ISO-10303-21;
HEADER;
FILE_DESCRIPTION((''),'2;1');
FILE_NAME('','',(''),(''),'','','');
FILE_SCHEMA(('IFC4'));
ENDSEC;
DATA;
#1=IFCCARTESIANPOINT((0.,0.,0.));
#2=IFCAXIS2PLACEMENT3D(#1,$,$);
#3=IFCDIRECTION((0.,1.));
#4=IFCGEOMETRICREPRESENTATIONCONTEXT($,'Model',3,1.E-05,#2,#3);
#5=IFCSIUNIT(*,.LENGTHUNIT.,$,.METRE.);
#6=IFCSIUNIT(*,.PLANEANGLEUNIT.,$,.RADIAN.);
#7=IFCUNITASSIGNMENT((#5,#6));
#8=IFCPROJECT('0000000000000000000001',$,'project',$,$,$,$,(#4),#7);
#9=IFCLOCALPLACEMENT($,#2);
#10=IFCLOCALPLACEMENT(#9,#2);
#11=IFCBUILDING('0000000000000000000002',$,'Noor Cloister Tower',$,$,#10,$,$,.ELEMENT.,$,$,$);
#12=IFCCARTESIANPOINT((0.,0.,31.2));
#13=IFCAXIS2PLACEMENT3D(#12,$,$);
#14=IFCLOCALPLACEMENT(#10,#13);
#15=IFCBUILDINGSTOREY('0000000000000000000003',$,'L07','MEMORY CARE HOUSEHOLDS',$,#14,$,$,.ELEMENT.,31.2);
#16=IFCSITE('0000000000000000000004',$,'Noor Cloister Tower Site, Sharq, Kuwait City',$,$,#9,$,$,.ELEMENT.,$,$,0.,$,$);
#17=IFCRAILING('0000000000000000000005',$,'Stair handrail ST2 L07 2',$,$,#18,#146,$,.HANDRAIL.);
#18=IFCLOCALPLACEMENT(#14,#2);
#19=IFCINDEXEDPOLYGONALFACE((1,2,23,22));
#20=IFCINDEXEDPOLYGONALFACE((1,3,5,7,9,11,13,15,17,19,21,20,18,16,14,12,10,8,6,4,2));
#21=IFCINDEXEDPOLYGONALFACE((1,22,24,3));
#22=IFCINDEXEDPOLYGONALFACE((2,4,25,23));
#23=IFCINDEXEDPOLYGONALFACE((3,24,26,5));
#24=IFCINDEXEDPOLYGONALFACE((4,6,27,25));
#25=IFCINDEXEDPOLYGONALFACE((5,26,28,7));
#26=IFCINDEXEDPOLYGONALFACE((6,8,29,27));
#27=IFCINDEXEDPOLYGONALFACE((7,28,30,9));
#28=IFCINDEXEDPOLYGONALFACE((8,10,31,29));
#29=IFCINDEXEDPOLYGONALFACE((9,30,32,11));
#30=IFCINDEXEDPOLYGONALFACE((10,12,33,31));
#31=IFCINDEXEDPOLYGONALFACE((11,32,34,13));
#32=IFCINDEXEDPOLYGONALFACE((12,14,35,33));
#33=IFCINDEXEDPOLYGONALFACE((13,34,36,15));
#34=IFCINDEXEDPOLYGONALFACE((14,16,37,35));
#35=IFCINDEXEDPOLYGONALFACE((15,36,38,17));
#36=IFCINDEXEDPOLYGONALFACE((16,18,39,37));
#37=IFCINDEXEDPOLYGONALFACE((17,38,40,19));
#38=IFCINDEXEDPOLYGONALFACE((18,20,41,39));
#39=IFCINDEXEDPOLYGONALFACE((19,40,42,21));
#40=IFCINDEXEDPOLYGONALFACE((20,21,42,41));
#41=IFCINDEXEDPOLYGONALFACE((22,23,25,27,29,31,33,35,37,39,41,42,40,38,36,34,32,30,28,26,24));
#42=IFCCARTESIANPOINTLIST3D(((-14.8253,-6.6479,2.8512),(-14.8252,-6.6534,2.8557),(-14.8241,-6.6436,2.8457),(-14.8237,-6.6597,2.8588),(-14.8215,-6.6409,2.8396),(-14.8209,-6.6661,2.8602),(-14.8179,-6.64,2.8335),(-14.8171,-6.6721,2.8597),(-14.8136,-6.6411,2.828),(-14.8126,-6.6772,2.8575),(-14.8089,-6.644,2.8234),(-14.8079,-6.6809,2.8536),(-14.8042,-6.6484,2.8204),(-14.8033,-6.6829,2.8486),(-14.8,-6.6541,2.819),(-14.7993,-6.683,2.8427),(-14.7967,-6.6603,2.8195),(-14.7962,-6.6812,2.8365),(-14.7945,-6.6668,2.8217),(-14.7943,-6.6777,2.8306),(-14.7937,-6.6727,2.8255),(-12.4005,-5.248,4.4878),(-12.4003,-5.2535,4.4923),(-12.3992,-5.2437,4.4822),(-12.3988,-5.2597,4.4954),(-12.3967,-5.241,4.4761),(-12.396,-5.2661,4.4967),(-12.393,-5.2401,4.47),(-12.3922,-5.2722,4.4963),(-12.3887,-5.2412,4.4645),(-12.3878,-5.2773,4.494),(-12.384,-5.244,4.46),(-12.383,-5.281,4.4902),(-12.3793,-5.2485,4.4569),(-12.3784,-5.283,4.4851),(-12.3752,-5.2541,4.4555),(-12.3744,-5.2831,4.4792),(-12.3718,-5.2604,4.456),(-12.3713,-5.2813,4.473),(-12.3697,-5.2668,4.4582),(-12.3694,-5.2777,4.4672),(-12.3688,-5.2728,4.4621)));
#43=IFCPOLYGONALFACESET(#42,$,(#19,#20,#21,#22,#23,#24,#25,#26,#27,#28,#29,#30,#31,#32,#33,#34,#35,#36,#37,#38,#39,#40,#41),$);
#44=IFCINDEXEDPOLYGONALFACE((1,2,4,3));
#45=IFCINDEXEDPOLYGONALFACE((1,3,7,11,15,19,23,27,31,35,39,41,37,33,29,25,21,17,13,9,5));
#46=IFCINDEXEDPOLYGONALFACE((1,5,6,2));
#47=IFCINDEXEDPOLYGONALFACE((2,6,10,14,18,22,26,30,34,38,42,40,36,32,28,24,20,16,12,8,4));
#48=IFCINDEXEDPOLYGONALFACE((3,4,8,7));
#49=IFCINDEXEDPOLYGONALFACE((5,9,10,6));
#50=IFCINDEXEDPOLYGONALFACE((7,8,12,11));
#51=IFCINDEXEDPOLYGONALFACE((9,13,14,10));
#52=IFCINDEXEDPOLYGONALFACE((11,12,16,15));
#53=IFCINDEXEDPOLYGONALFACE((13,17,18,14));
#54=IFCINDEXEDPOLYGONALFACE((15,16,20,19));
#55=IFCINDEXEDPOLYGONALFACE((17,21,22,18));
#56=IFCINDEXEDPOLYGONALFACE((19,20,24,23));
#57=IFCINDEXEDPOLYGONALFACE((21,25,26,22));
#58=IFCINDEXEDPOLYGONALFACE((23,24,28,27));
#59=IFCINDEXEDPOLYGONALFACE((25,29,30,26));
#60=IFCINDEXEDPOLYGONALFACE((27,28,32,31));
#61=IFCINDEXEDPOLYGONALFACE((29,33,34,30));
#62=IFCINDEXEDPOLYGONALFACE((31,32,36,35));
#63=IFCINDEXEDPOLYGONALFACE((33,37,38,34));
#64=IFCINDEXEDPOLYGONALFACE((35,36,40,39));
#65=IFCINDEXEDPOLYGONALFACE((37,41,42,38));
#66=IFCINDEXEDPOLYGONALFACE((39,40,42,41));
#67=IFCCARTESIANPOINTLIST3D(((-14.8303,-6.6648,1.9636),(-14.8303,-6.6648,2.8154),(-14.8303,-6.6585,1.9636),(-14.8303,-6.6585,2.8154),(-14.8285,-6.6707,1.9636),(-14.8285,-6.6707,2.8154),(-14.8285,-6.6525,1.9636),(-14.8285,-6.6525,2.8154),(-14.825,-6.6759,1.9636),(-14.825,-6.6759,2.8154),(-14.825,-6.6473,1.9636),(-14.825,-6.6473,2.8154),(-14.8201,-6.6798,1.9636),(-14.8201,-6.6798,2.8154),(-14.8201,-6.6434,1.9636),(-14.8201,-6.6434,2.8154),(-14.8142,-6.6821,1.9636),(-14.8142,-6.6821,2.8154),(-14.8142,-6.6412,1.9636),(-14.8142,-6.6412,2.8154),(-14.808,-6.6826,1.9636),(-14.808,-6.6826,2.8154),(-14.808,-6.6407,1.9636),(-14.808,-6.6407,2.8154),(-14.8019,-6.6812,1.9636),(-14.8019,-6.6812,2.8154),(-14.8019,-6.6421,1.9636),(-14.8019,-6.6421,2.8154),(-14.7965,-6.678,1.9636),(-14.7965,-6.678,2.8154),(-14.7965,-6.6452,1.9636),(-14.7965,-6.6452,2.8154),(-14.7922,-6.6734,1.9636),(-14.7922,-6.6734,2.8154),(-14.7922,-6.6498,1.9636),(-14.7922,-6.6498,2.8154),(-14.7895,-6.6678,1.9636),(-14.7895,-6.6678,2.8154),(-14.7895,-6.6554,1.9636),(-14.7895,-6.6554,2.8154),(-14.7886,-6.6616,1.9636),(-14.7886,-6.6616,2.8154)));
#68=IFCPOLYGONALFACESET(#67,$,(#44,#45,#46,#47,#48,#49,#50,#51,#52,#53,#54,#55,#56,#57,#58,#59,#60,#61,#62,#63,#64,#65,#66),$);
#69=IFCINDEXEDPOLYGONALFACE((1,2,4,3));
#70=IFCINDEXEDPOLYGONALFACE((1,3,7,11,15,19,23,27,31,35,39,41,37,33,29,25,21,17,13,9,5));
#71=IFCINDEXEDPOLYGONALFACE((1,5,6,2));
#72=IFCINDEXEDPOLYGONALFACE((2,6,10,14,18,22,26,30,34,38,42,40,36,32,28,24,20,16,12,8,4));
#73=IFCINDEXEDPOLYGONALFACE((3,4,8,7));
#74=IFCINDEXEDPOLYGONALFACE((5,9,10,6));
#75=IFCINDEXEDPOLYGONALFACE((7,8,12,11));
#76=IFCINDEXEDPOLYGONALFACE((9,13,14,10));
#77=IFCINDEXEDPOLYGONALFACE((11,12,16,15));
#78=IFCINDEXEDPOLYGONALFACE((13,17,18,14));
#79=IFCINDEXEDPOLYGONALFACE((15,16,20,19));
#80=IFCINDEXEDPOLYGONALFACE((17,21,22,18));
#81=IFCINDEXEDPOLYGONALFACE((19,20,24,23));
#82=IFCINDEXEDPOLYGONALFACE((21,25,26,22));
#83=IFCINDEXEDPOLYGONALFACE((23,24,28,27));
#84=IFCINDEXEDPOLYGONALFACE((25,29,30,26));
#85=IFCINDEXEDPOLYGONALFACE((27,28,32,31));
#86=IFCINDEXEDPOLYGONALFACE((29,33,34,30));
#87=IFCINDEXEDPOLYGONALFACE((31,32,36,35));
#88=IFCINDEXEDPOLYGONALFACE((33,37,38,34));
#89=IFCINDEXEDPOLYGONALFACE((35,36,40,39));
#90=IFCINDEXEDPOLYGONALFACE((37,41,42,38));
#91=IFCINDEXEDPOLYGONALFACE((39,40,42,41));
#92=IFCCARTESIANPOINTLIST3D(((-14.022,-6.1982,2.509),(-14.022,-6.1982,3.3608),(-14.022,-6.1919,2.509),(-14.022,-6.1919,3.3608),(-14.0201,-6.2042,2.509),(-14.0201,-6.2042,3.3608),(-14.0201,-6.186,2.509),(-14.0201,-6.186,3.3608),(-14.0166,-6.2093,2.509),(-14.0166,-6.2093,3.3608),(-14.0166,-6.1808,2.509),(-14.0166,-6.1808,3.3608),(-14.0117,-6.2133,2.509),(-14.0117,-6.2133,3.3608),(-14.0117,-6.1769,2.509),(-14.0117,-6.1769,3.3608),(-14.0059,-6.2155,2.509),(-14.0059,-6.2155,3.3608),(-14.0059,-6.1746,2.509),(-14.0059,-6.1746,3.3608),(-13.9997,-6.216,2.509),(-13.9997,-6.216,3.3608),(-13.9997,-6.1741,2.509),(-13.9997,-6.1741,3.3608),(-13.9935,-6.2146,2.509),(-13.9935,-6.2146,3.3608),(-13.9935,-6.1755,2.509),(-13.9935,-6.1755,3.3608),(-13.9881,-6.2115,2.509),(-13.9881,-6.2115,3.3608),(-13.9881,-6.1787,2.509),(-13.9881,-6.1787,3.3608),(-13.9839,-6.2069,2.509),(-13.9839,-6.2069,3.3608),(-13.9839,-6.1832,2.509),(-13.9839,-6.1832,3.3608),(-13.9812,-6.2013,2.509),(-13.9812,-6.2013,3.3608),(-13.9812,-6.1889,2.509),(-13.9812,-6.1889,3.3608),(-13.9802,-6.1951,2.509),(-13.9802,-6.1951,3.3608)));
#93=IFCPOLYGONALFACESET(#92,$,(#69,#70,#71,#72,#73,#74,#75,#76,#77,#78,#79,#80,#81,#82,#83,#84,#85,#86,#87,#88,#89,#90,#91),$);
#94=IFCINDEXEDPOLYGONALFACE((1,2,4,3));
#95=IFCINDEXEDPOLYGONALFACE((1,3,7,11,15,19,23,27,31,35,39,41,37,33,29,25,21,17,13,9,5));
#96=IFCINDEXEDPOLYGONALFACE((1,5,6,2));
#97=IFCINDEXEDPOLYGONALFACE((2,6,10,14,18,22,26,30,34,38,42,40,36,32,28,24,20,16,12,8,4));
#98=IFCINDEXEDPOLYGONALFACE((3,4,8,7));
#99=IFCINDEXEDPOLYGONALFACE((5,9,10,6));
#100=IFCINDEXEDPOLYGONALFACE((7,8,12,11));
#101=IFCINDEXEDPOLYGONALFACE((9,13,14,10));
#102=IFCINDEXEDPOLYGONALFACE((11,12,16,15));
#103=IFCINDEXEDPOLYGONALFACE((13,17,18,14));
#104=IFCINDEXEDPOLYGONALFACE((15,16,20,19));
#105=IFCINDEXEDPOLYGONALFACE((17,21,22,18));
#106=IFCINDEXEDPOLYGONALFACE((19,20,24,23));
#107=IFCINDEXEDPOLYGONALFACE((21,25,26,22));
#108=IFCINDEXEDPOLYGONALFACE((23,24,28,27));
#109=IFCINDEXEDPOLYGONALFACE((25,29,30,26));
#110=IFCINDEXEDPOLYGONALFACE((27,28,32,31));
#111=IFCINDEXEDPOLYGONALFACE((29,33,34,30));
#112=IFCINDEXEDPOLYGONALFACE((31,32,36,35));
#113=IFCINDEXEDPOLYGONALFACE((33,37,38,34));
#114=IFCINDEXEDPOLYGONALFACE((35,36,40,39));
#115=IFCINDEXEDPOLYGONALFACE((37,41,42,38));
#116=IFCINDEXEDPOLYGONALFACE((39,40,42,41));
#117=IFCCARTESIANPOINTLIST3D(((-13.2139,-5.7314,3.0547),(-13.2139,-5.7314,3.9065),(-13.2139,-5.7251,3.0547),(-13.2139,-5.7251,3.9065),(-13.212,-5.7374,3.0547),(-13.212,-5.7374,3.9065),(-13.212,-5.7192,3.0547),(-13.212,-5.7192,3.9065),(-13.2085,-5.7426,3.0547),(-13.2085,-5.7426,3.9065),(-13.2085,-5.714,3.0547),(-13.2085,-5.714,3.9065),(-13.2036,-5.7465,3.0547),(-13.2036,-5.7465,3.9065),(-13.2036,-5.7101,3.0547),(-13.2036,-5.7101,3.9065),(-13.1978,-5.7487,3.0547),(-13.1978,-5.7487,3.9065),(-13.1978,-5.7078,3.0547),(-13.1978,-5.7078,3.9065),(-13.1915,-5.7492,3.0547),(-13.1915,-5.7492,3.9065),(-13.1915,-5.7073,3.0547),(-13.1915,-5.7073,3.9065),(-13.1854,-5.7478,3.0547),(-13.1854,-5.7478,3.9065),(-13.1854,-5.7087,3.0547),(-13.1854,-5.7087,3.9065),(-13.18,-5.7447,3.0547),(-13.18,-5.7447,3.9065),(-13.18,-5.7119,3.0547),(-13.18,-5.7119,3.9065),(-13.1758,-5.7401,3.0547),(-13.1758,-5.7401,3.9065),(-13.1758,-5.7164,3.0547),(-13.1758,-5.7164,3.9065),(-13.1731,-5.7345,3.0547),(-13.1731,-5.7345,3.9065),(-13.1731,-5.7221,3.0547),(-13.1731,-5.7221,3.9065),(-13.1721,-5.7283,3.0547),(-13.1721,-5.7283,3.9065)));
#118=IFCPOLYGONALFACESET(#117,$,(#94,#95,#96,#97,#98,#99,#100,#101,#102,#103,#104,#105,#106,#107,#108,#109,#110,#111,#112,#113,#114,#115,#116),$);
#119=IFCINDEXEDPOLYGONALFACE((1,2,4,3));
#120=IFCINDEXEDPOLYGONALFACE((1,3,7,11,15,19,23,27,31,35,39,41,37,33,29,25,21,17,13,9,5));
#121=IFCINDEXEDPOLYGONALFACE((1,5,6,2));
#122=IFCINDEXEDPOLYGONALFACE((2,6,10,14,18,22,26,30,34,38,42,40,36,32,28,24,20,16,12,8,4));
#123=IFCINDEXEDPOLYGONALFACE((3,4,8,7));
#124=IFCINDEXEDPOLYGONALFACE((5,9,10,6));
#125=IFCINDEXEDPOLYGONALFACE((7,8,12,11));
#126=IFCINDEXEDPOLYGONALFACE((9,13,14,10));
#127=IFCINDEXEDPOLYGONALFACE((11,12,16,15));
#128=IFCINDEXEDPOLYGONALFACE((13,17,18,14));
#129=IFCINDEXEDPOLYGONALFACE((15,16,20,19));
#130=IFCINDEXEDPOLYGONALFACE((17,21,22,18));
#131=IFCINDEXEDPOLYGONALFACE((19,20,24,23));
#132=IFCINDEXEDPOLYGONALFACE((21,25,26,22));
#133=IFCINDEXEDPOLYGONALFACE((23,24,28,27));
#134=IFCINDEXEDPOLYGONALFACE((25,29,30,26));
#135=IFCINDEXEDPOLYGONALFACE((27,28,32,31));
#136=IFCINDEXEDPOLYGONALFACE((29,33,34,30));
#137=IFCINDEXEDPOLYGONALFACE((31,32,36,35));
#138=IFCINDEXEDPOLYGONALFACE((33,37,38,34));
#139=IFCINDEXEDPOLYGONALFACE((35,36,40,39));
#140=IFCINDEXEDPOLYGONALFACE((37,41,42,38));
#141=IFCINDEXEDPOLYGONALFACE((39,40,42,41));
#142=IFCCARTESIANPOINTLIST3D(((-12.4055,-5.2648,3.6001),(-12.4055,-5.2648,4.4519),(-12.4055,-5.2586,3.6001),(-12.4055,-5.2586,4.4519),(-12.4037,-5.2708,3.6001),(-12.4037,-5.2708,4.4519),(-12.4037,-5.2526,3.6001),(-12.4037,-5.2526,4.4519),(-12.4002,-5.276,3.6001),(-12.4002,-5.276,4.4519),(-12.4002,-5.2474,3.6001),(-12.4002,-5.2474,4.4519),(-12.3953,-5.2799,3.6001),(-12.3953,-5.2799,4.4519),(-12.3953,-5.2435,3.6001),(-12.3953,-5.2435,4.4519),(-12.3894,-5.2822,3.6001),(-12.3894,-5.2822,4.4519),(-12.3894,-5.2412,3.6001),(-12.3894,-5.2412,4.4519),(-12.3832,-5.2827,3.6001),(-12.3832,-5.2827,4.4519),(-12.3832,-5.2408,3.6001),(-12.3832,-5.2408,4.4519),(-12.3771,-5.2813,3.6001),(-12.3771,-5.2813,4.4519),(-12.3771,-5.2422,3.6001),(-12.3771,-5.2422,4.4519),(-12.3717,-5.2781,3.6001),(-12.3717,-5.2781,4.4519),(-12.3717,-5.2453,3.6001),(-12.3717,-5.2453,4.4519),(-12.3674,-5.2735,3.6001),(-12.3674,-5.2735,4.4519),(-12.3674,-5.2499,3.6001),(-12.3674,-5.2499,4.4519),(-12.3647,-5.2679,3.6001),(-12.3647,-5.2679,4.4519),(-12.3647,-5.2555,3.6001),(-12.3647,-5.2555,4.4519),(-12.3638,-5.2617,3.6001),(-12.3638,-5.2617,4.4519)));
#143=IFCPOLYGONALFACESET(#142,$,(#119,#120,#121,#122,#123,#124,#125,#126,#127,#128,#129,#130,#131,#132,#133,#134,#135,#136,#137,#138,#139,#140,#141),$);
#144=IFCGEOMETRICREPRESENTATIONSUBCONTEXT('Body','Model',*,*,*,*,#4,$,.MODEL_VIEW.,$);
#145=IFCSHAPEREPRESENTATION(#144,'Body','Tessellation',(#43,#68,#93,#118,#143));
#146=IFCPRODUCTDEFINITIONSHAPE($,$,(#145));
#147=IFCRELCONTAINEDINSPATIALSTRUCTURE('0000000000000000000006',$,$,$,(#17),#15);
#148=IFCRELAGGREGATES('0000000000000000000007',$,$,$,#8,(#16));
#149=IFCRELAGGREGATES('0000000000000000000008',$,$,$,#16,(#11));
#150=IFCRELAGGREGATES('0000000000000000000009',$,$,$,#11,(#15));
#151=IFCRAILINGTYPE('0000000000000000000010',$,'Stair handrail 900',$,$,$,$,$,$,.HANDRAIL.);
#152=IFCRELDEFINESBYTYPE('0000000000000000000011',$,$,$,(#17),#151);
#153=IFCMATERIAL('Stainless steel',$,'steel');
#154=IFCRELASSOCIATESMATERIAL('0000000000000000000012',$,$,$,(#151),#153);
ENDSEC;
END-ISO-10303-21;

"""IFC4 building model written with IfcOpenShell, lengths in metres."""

from ifc_helpers import new_model, si_unit, direction, frame, origin, origin_2d, place, context, subcontext, project, spatial, circle, extrude, material, type_object, element, save


model = new_model("IFC4")

# Units and contexts
model_context = context("Model", 3, precision=1e-05, world=origin(), true_north=direction((0.0, 1.0)))
body_context = subcontext(model_context, "Body", "Model", "MODEL_VIEW")
ifc_project = project(units=[si_unit("LENGTHUNIT", "METRE"), si_unit("PLANEANGLEUNIT", "RADIAN")], contexts=[model_context])

# Site, building, storey
site_placement = place(None, origin())
site = spatial("IfcSite", under=ifc_project, at=site_placement, Name="Noor Cloister Tower Site, Sharq, Kuwait City", CompositionType="ELEMENT", RefElevation=0.0)
building_placement = place(site_placement, origin())
building = spatial("IfcBuilding", under=site, at=building_placement, Name="Noor Cloister Tower", CompositionType="ELEMENT")
storey_placement = place(building_placement, frame((0.0, 0.0, 31.2)))
storey = spatial("IfcBuildingStorey", under=building, at=storey_placement, Name="L07", Description="MEMORY CARE HOUSEHOLDS", CompositionType="ELEMENT", Elevation=31.2)

# Railing
ifc_material_1 = material(Name="Stainless steel", Category="steel")
railing_type = type_object("IfcRailingType", Name="Stair handrail 900", PredefinedType="HANDRAIL", material=ifc_material_1)
railing_1_placement = place(storey_placement, frame((-14.8096, -6.6616, 1.9636)))
element("IfcRailing", 1, at=railing_1_placement, inside=storey, type_object=railing_type, Name="Stair handrail ST2 L07 2", PredefinedType="HANDRAIL", context=body_context, shape_type="SweptSolid", body=[
    extrude(circle(Radius=0.0239, at=origin_2d()), frame((0.0, 0.0, 0.876), z_axis=(0.74769, 0.431661, 0.504608), x_axis=(-0.499984, 0.866035, 0.0)), (0.0, 0.0, 1.0), 3.2432),
    extrude(circle(Radius=0.021, at=origin_2d()), origin(), (0.0, 0.0, 1.0), 0.8518),
    extrude(circle(Radius=0.021, at=origin_2d()), frame((0.8083, 0.4666, 0.5454)), (0.0, 0.0, 1.0), 0.8518),
    extrude(circle(Radius=0.021, at=origin_2d()), frame((1.6165, 0.9333, 1.0911)), (0.0, 0.0, 1.0), 0.8518),
    extrude(circle(Radius=0.021, at=origin_2d()), frame((2.4248, 1.3999, 1.6365)), (0.0, 0.0, 1.0), 0.8518),
])

save(model, "model.ifc")
